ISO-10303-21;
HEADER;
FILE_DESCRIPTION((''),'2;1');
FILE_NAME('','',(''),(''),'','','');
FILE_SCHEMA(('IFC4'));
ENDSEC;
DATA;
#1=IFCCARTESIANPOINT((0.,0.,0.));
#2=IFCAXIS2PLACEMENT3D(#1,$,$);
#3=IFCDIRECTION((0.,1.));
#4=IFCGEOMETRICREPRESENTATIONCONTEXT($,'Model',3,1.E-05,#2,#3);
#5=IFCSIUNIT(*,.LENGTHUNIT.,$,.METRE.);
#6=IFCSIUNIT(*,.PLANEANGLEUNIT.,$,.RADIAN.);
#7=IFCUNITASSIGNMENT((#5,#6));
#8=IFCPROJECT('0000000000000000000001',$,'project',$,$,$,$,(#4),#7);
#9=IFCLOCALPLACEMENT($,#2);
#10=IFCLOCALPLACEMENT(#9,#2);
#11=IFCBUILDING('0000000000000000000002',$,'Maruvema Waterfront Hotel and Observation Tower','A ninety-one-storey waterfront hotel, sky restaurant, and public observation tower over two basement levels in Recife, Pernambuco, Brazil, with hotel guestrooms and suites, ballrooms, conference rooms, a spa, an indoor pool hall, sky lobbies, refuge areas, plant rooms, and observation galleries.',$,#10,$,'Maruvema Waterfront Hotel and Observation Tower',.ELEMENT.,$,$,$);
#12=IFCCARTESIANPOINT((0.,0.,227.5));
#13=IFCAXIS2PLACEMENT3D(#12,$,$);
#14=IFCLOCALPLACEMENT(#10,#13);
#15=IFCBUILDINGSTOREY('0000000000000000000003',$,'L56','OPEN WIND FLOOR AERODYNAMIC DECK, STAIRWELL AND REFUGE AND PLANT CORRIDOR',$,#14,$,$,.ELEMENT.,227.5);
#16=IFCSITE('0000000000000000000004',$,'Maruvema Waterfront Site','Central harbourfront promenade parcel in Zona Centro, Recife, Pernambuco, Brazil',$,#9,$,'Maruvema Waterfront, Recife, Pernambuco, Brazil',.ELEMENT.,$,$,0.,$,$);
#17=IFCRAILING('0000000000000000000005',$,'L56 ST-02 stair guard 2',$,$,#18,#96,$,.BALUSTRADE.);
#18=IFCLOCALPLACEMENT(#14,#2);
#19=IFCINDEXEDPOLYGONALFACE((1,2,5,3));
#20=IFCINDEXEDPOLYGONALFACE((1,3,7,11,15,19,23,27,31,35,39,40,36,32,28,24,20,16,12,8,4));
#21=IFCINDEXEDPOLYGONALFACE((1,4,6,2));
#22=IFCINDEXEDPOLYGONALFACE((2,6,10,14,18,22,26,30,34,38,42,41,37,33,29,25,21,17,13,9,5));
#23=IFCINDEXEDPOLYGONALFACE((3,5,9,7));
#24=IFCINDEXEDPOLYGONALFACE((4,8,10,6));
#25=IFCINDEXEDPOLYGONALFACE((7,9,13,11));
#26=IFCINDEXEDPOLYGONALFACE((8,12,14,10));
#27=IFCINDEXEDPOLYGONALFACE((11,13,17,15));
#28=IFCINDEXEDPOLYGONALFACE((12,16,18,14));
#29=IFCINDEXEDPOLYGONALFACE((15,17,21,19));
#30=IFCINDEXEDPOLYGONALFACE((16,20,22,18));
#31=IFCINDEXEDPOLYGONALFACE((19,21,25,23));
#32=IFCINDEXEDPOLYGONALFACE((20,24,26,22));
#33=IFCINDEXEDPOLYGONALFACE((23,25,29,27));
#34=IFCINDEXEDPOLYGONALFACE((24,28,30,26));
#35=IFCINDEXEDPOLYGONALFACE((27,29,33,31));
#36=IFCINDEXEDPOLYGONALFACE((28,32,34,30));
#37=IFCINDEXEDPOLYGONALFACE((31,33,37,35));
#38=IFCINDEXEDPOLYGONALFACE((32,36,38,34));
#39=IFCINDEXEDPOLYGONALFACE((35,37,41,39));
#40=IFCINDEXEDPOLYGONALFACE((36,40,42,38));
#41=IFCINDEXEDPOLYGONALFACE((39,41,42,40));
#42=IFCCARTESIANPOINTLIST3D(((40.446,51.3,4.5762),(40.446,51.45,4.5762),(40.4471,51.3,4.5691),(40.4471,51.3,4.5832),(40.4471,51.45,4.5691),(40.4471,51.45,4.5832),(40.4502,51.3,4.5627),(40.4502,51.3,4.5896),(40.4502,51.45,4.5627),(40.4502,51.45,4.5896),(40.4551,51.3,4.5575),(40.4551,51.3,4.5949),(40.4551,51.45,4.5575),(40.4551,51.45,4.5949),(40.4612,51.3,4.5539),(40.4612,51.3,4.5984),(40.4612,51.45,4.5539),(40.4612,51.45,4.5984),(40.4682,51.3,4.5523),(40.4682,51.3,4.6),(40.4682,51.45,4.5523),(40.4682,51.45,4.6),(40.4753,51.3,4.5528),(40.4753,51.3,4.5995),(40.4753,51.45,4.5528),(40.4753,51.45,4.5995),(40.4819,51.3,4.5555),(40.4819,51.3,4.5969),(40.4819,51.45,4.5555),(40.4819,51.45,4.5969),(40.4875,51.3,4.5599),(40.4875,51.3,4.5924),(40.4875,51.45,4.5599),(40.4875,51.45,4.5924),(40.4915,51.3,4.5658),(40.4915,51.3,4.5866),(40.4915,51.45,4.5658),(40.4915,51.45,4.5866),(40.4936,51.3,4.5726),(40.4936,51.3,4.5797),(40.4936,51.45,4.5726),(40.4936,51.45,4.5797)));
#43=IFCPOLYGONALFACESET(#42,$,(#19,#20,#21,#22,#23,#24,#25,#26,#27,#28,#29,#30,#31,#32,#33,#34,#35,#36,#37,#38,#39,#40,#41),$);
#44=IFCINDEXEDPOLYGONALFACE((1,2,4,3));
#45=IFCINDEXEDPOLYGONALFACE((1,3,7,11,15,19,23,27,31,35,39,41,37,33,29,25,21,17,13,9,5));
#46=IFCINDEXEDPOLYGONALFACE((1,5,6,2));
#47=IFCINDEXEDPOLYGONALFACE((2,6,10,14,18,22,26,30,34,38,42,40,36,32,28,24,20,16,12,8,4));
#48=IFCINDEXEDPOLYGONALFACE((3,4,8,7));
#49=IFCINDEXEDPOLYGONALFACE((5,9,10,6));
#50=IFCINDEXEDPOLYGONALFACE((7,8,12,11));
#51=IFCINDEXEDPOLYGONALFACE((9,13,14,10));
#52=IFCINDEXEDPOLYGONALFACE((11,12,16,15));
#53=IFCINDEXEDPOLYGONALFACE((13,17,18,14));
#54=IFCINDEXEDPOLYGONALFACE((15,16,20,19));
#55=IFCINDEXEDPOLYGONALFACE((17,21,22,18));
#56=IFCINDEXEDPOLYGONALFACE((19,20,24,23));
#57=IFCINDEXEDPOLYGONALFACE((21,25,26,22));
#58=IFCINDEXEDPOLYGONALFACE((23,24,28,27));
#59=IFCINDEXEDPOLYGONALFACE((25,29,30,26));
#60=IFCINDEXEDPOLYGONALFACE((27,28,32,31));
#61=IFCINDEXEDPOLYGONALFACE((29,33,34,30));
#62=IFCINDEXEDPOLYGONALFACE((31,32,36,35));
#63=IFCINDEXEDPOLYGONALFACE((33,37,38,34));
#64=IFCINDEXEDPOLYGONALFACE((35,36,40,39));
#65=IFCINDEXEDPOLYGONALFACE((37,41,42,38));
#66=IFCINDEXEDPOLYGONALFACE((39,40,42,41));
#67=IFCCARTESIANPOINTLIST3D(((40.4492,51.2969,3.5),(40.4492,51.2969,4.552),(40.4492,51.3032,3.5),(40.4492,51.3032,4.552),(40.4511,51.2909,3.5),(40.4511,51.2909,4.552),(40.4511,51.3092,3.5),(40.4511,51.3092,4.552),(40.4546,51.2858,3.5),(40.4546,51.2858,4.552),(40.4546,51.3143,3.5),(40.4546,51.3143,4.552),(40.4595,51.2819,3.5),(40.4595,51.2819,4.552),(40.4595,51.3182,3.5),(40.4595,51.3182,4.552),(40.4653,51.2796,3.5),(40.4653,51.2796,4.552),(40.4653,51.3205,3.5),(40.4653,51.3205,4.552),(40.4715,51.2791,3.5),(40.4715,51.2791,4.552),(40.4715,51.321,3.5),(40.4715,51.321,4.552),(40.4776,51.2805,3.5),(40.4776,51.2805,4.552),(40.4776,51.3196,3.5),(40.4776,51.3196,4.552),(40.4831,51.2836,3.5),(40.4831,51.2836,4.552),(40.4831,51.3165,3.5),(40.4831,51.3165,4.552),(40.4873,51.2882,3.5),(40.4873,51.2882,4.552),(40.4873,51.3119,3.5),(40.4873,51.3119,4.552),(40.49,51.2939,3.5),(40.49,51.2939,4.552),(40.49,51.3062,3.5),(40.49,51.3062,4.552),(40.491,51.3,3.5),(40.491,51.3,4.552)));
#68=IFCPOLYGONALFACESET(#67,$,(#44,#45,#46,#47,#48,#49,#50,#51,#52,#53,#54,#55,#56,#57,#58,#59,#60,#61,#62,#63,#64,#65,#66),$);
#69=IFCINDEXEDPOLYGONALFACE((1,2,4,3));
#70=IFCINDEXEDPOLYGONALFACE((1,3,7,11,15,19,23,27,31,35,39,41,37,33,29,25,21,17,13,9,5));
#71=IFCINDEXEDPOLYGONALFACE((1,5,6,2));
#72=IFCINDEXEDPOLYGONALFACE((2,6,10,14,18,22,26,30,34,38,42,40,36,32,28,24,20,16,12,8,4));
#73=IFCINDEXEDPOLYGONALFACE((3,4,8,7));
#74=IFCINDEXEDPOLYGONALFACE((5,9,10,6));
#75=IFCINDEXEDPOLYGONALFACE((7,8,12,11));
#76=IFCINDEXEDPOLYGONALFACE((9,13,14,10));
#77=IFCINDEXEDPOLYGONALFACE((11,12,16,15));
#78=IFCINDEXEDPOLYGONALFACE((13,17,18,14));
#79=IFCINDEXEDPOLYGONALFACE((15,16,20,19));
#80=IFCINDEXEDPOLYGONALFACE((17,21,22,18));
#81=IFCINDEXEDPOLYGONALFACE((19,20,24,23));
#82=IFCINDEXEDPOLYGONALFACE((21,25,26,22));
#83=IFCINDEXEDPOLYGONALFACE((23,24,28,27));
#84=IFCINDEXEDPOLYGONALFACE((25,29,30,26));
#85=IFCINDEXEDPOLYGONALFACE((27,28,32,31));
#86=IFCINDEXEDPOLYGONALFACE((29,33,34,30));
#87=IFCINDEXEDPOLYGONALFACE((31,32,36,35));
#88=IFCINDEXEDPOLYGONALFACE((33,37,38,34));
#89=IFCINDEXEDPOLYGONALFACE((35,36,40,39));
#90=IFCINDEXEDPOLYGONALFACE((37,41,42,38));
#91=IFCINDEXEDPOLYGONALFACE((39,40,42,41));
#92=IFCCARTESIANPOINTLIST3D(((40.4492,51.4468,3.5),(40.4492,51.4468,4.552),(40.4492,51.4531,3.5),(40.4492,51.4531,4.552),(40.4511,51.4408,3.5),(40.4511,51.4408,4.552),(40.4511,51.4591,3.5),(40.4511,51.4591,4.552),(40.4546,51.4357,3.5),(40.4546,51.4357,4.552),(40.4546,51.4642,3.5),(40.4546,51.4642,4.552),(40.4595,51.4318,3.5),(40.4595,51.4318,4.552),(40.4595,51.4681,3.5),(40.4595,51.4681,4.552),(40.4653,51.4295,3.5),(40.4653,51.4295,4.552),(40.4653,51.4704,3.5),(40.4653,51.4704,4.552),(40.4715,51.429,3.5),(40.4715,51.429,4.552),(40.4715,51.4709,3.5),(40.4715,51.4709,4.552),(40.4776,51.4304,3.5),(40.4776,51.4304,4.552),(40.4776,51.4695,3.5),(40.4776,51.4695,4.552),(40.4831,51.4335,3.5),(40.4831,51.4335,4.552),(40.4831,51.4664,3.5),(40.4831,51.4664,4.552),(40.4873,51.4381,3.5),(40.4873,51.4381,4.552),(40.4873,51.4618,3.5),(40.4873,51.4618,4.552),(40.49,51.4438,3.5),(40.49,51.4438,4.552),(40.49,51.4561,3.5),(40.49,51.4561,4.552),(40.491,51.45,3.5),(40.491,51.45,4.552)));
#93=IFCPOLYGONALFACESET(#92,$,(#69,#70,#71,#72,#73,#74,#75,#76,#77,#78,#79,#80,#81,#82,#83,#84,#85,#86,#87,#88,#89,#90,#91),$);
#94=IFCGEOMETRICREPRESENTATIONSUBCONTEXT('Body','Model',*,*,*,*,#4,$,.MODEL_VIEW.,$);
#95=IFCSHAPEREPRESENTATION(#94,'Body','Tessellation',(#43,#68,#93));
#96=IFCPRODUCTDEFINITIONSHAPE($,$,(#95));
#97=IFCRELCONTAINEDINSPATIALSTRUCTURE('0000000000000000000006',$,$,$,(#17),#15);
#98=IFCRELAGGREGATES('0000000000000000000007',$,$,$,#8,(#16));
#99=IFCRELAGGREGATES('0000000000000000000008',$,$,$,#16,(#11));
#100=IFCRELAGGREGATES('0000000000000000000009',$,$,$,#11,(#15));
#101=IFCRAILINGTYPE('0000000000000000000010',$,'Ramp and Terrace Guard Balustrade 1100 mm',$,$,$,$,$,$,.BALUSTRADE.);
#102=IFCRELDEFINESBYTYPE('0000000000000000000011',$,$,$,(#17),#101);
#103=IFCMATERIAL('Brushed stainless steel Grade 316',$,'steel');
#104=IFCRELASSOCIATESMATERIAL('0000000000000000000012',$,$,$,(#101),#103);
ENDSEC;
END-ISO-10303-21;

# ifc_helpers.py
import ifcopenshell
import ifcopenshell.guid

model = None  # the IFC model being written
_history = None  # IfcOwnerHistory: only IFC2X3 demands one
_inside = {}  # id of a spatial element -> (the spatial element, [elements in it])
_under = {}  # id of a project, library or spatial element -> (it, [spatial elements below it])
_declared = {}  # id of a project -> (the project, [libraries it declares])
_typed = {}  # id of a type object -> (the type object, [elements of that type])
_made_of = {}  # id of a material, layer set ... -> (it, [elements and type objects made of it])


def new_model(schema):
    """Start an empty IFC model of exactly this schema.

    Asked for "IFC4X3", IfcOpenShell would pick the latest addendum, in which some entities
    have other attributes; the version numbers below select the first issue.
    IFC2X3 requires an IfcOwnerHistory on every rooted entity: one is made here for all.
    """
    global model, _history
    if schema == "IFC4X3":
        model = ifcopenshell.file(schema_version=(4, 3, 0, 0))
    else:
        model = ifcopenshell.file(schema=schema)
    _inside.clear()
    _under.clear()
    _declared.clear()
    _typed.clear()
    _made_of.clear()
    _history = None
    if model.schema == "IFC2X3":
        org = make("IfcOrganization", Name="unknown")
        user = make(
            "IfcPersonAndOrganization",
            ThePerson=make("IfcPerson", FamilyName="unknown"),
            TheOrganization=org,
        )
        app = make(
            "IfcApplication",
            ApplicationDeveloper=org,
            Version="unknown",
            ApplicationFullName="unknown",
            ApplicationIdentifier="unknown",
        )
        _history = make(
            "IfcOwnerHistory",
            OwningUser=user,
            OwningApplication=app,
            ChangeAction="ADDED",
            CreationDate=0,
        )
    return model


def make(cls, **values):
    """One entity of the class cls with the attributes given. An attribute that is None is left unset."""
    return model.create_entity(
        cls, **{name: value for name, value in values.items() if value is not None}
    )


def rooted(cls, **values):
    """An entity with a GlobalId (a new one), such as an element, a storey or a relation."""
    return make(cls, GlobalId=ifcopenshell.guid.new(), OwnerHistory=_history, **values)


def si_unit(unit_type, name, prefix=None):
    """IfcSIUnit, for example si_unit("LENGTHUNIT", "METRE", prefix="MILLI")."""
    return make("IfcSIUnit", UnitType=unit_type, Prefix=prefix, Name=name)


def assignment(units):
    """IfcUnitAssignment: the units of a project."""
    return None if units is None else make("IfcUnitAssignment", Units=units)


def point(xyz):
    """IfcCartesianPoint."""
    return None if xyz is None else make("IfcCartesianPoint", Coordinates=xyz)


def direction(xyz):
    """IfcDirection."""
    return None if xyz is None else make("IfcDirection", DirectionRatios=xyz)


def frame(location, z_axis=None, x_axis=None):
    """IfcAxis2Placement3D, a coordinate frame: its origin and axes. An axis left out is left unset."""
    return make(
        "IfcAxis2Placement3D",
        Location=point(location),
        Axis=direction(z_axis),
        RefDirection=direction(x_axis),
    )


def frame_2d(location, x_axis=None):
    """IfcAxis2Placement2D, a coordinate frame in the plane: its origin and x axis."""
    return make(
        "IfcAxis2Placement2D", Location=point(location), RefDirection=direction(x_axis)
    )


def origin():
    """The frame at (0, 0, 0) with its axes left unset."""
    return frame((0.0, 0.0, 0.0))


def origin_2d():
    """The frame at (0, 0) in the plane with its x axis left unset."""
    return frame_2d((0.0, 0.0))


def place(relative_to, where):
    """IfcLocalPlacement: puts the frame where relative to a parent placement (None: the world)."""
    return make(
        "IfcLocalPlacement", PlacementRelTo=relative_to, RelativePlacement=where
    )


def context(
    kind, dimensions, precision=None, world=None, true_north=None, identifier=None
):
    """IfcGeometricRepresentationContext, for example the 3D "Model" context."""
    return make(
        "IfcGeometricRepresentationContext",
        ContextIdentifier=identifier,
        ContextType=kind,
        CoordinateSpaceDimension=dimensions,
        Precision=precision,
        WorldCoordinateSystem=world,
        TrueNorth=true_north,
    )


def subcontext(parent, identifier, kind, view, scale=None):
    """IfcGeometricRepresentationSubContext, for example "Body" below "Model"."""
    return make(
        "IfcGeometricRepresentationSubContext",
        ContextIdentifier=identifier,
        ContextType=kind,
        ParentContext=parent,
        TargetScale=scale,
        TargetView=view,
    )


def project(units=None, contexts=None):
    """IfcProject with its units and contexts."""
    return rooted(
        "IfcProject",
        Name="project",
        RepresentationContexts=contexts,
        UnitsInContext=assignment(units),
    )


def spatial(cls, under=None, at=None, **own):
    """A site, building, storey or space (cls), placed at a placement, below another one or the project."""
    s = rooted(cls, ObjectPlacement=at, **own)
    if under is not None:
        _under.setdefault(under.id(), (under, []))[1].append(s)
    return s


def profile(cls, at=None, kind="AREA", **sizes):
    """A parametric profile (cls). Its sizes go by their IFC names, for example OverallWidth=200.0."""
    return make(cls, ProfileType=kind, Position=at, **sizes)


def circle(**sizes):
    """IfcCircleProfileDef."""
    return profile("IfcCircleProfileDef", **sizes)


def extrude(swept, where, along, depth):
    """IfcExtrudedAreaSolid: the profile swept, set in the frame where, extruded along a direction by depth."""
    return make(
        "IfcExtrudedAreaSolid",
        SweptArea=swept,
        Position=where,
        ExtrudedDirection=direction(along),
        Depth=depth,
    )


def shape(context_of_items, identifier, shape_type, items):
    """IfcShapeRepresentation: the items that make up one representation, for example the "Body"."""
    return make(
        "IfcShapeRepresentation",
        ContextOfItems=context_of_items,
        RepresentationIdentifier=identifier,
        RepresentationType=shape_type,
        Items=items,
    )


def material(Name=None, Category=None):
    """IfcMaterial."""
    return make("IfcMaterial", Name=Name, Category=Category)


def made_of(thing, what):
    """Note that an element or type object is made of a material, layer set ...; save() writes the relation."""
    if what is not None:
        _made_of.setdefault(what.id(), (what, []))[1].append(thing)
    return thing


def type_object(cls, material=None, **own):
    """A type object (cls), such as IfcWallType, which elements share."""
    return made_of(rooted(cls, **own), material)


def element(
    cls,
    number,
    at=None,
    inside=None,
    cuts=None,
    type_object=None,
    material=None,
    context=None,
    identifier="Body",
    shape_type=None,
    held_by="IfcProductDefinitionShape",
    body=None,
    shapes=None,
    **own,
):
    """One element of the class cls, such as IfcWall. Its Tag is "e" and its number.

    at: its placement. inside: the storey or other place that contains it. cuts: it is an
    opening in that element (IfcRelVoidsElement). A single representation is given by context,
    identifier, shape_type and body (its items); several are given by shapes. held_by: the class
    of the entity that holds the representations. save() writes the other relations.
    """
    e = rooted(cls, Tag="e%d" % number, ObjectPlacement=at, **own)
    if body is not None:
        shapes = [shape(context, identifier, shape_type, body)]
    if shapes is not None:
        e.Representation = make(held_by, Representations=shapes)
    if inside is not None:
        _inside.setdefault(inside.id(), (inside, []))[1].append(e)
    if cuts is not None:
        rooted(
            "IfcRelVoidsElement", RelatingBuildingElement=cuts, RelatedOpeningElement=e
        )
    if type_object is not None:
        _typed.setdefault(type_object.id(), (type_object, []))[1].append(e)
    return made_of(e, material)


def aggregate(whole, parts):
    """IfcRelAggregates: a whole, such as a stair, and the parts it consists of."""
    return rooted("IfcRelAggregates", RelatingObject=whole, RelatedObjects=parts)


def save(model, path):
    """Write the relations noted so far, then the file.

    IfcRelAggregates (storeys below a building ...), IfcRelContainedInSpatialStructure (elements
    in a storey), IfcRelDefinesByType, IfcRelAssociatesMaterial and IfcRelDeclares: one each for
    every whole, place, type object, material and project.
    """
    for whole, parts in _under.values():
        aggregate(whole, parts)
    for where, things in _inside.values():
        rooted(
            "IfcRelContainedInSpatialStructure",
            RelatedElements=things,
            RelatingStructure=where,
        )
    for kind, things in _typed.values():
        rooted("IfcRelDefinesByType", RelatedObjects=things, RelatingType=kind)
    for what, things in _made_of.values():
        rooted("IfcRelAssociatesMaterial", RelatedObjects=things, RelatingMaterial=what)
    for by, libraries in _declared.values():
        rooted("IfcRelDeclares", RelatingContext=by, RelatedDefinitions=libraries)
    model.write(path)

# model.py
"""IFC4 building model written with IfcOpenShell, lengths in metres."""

from ifc_helpers import new_model, si_unit, direction, frame, origin, origin_2d, place, context, subcontext, project, spatial, circle, extrude, material, type_object, element, save


model = new_model("IFC4")

# Units and contexts
model_context = context("Model", 3, precision=1e-05, world=origin(), true_north=direction((0.0, 1.0)))
body_context = subcontext(model_context, "Body", "Model", "MODEL_VIEW")
ifc_project = project(units=[si_unit("LENGTHUNIT", "METRE"), si_unit("PLANEANGLEUNIT", "RADIAN")], contexts=[model_context])

# Site, building, storey
site_placement = place(None, origin())
site = spatial("IfcSite", under=ifc_project, at=site_placement, Name="Maruvema Waterfront Site", Description="Central harbourfront promenade parcel in Zona Centro, Recife, Pernambuco, Brazil", LongName="Maruvema Waterfront, Recife, Pernambuco, Brazil", CompositionType="ELEMENT", RefElevation=0.0)
building_placement = place(site_placement, origin())
building = spatial("IfcBuilding", under=site, at=building_placement, Name="Maruvema Waterfront Hotel and Observation Tower", Description="A ninety-one-storey waterfront hotel, sky restaurant, and public observation tower over two basement levels in Recife, Pernambuco, Brazil, with hotel guestrooms and suites, ballrooms, conference rooms, a spa, an indoor pool hall, sky lobbies, refuge areas, plant rooms, and observation galleries.", LongName="Maruvema Waterfront Hotel and Observation Tower", CompositionType="ELEMENT")
storey_placement = place(building_placement, frame((0.0, 0.0, 227.5)))
storey = spatial("IfcBuildingStorey", under=building, at=storey_placement, Name="L56", Description="OPEN WIND FLOOR AERODYNAMIC DECK, STAIRWELL AND REFUGE AND PLANT CORRIDOR", CompositionType="ELEMENT", Elevation=227.5)

# Railing
ifc_material_1 = material(Name="Brushed stainless steel Grade 316", Category="steel")
railing_type_1 = type_object("IfcRailingType", Name="Ramp and Terrace Guard Balustrade 1100 mm", PredefinedType="BALUSTRADE", material=ifc_material_1)
railing_1_placement = place(storey_placement, frame((40.47, 51.3, 3.5)))
element("IfcRailing", 1, at=railing_1_placement, inside=storey, type_object=railing_type_1, Name="L56 ST-02 stair guard 2", PredefinedType="BALUSTRADE", context=body_context, shape_type="SweptSolid", body=[
    extrude(circle(Radius=0.0239, at=origin_2d()), frame((0.0, 0.0, 1.0762), z_axis=(0.0, 1.0, 0.0), x_axis=(-1.0, 0.0, 0.0)), (0.0, 0.0, 1.0), 0.1499),
    extrude(circle(Radius=0.021, at=origin_2d()), origin(), (0.0, 0.0, 1.0), 1.052),
    extrude(circle(Radius=0.021, at=origin_2d()), frame((0.0, 0.1499, 0.0)), (0.0, 0.0, 1.0), 1.052),
])

save(model, "model.ifc")
